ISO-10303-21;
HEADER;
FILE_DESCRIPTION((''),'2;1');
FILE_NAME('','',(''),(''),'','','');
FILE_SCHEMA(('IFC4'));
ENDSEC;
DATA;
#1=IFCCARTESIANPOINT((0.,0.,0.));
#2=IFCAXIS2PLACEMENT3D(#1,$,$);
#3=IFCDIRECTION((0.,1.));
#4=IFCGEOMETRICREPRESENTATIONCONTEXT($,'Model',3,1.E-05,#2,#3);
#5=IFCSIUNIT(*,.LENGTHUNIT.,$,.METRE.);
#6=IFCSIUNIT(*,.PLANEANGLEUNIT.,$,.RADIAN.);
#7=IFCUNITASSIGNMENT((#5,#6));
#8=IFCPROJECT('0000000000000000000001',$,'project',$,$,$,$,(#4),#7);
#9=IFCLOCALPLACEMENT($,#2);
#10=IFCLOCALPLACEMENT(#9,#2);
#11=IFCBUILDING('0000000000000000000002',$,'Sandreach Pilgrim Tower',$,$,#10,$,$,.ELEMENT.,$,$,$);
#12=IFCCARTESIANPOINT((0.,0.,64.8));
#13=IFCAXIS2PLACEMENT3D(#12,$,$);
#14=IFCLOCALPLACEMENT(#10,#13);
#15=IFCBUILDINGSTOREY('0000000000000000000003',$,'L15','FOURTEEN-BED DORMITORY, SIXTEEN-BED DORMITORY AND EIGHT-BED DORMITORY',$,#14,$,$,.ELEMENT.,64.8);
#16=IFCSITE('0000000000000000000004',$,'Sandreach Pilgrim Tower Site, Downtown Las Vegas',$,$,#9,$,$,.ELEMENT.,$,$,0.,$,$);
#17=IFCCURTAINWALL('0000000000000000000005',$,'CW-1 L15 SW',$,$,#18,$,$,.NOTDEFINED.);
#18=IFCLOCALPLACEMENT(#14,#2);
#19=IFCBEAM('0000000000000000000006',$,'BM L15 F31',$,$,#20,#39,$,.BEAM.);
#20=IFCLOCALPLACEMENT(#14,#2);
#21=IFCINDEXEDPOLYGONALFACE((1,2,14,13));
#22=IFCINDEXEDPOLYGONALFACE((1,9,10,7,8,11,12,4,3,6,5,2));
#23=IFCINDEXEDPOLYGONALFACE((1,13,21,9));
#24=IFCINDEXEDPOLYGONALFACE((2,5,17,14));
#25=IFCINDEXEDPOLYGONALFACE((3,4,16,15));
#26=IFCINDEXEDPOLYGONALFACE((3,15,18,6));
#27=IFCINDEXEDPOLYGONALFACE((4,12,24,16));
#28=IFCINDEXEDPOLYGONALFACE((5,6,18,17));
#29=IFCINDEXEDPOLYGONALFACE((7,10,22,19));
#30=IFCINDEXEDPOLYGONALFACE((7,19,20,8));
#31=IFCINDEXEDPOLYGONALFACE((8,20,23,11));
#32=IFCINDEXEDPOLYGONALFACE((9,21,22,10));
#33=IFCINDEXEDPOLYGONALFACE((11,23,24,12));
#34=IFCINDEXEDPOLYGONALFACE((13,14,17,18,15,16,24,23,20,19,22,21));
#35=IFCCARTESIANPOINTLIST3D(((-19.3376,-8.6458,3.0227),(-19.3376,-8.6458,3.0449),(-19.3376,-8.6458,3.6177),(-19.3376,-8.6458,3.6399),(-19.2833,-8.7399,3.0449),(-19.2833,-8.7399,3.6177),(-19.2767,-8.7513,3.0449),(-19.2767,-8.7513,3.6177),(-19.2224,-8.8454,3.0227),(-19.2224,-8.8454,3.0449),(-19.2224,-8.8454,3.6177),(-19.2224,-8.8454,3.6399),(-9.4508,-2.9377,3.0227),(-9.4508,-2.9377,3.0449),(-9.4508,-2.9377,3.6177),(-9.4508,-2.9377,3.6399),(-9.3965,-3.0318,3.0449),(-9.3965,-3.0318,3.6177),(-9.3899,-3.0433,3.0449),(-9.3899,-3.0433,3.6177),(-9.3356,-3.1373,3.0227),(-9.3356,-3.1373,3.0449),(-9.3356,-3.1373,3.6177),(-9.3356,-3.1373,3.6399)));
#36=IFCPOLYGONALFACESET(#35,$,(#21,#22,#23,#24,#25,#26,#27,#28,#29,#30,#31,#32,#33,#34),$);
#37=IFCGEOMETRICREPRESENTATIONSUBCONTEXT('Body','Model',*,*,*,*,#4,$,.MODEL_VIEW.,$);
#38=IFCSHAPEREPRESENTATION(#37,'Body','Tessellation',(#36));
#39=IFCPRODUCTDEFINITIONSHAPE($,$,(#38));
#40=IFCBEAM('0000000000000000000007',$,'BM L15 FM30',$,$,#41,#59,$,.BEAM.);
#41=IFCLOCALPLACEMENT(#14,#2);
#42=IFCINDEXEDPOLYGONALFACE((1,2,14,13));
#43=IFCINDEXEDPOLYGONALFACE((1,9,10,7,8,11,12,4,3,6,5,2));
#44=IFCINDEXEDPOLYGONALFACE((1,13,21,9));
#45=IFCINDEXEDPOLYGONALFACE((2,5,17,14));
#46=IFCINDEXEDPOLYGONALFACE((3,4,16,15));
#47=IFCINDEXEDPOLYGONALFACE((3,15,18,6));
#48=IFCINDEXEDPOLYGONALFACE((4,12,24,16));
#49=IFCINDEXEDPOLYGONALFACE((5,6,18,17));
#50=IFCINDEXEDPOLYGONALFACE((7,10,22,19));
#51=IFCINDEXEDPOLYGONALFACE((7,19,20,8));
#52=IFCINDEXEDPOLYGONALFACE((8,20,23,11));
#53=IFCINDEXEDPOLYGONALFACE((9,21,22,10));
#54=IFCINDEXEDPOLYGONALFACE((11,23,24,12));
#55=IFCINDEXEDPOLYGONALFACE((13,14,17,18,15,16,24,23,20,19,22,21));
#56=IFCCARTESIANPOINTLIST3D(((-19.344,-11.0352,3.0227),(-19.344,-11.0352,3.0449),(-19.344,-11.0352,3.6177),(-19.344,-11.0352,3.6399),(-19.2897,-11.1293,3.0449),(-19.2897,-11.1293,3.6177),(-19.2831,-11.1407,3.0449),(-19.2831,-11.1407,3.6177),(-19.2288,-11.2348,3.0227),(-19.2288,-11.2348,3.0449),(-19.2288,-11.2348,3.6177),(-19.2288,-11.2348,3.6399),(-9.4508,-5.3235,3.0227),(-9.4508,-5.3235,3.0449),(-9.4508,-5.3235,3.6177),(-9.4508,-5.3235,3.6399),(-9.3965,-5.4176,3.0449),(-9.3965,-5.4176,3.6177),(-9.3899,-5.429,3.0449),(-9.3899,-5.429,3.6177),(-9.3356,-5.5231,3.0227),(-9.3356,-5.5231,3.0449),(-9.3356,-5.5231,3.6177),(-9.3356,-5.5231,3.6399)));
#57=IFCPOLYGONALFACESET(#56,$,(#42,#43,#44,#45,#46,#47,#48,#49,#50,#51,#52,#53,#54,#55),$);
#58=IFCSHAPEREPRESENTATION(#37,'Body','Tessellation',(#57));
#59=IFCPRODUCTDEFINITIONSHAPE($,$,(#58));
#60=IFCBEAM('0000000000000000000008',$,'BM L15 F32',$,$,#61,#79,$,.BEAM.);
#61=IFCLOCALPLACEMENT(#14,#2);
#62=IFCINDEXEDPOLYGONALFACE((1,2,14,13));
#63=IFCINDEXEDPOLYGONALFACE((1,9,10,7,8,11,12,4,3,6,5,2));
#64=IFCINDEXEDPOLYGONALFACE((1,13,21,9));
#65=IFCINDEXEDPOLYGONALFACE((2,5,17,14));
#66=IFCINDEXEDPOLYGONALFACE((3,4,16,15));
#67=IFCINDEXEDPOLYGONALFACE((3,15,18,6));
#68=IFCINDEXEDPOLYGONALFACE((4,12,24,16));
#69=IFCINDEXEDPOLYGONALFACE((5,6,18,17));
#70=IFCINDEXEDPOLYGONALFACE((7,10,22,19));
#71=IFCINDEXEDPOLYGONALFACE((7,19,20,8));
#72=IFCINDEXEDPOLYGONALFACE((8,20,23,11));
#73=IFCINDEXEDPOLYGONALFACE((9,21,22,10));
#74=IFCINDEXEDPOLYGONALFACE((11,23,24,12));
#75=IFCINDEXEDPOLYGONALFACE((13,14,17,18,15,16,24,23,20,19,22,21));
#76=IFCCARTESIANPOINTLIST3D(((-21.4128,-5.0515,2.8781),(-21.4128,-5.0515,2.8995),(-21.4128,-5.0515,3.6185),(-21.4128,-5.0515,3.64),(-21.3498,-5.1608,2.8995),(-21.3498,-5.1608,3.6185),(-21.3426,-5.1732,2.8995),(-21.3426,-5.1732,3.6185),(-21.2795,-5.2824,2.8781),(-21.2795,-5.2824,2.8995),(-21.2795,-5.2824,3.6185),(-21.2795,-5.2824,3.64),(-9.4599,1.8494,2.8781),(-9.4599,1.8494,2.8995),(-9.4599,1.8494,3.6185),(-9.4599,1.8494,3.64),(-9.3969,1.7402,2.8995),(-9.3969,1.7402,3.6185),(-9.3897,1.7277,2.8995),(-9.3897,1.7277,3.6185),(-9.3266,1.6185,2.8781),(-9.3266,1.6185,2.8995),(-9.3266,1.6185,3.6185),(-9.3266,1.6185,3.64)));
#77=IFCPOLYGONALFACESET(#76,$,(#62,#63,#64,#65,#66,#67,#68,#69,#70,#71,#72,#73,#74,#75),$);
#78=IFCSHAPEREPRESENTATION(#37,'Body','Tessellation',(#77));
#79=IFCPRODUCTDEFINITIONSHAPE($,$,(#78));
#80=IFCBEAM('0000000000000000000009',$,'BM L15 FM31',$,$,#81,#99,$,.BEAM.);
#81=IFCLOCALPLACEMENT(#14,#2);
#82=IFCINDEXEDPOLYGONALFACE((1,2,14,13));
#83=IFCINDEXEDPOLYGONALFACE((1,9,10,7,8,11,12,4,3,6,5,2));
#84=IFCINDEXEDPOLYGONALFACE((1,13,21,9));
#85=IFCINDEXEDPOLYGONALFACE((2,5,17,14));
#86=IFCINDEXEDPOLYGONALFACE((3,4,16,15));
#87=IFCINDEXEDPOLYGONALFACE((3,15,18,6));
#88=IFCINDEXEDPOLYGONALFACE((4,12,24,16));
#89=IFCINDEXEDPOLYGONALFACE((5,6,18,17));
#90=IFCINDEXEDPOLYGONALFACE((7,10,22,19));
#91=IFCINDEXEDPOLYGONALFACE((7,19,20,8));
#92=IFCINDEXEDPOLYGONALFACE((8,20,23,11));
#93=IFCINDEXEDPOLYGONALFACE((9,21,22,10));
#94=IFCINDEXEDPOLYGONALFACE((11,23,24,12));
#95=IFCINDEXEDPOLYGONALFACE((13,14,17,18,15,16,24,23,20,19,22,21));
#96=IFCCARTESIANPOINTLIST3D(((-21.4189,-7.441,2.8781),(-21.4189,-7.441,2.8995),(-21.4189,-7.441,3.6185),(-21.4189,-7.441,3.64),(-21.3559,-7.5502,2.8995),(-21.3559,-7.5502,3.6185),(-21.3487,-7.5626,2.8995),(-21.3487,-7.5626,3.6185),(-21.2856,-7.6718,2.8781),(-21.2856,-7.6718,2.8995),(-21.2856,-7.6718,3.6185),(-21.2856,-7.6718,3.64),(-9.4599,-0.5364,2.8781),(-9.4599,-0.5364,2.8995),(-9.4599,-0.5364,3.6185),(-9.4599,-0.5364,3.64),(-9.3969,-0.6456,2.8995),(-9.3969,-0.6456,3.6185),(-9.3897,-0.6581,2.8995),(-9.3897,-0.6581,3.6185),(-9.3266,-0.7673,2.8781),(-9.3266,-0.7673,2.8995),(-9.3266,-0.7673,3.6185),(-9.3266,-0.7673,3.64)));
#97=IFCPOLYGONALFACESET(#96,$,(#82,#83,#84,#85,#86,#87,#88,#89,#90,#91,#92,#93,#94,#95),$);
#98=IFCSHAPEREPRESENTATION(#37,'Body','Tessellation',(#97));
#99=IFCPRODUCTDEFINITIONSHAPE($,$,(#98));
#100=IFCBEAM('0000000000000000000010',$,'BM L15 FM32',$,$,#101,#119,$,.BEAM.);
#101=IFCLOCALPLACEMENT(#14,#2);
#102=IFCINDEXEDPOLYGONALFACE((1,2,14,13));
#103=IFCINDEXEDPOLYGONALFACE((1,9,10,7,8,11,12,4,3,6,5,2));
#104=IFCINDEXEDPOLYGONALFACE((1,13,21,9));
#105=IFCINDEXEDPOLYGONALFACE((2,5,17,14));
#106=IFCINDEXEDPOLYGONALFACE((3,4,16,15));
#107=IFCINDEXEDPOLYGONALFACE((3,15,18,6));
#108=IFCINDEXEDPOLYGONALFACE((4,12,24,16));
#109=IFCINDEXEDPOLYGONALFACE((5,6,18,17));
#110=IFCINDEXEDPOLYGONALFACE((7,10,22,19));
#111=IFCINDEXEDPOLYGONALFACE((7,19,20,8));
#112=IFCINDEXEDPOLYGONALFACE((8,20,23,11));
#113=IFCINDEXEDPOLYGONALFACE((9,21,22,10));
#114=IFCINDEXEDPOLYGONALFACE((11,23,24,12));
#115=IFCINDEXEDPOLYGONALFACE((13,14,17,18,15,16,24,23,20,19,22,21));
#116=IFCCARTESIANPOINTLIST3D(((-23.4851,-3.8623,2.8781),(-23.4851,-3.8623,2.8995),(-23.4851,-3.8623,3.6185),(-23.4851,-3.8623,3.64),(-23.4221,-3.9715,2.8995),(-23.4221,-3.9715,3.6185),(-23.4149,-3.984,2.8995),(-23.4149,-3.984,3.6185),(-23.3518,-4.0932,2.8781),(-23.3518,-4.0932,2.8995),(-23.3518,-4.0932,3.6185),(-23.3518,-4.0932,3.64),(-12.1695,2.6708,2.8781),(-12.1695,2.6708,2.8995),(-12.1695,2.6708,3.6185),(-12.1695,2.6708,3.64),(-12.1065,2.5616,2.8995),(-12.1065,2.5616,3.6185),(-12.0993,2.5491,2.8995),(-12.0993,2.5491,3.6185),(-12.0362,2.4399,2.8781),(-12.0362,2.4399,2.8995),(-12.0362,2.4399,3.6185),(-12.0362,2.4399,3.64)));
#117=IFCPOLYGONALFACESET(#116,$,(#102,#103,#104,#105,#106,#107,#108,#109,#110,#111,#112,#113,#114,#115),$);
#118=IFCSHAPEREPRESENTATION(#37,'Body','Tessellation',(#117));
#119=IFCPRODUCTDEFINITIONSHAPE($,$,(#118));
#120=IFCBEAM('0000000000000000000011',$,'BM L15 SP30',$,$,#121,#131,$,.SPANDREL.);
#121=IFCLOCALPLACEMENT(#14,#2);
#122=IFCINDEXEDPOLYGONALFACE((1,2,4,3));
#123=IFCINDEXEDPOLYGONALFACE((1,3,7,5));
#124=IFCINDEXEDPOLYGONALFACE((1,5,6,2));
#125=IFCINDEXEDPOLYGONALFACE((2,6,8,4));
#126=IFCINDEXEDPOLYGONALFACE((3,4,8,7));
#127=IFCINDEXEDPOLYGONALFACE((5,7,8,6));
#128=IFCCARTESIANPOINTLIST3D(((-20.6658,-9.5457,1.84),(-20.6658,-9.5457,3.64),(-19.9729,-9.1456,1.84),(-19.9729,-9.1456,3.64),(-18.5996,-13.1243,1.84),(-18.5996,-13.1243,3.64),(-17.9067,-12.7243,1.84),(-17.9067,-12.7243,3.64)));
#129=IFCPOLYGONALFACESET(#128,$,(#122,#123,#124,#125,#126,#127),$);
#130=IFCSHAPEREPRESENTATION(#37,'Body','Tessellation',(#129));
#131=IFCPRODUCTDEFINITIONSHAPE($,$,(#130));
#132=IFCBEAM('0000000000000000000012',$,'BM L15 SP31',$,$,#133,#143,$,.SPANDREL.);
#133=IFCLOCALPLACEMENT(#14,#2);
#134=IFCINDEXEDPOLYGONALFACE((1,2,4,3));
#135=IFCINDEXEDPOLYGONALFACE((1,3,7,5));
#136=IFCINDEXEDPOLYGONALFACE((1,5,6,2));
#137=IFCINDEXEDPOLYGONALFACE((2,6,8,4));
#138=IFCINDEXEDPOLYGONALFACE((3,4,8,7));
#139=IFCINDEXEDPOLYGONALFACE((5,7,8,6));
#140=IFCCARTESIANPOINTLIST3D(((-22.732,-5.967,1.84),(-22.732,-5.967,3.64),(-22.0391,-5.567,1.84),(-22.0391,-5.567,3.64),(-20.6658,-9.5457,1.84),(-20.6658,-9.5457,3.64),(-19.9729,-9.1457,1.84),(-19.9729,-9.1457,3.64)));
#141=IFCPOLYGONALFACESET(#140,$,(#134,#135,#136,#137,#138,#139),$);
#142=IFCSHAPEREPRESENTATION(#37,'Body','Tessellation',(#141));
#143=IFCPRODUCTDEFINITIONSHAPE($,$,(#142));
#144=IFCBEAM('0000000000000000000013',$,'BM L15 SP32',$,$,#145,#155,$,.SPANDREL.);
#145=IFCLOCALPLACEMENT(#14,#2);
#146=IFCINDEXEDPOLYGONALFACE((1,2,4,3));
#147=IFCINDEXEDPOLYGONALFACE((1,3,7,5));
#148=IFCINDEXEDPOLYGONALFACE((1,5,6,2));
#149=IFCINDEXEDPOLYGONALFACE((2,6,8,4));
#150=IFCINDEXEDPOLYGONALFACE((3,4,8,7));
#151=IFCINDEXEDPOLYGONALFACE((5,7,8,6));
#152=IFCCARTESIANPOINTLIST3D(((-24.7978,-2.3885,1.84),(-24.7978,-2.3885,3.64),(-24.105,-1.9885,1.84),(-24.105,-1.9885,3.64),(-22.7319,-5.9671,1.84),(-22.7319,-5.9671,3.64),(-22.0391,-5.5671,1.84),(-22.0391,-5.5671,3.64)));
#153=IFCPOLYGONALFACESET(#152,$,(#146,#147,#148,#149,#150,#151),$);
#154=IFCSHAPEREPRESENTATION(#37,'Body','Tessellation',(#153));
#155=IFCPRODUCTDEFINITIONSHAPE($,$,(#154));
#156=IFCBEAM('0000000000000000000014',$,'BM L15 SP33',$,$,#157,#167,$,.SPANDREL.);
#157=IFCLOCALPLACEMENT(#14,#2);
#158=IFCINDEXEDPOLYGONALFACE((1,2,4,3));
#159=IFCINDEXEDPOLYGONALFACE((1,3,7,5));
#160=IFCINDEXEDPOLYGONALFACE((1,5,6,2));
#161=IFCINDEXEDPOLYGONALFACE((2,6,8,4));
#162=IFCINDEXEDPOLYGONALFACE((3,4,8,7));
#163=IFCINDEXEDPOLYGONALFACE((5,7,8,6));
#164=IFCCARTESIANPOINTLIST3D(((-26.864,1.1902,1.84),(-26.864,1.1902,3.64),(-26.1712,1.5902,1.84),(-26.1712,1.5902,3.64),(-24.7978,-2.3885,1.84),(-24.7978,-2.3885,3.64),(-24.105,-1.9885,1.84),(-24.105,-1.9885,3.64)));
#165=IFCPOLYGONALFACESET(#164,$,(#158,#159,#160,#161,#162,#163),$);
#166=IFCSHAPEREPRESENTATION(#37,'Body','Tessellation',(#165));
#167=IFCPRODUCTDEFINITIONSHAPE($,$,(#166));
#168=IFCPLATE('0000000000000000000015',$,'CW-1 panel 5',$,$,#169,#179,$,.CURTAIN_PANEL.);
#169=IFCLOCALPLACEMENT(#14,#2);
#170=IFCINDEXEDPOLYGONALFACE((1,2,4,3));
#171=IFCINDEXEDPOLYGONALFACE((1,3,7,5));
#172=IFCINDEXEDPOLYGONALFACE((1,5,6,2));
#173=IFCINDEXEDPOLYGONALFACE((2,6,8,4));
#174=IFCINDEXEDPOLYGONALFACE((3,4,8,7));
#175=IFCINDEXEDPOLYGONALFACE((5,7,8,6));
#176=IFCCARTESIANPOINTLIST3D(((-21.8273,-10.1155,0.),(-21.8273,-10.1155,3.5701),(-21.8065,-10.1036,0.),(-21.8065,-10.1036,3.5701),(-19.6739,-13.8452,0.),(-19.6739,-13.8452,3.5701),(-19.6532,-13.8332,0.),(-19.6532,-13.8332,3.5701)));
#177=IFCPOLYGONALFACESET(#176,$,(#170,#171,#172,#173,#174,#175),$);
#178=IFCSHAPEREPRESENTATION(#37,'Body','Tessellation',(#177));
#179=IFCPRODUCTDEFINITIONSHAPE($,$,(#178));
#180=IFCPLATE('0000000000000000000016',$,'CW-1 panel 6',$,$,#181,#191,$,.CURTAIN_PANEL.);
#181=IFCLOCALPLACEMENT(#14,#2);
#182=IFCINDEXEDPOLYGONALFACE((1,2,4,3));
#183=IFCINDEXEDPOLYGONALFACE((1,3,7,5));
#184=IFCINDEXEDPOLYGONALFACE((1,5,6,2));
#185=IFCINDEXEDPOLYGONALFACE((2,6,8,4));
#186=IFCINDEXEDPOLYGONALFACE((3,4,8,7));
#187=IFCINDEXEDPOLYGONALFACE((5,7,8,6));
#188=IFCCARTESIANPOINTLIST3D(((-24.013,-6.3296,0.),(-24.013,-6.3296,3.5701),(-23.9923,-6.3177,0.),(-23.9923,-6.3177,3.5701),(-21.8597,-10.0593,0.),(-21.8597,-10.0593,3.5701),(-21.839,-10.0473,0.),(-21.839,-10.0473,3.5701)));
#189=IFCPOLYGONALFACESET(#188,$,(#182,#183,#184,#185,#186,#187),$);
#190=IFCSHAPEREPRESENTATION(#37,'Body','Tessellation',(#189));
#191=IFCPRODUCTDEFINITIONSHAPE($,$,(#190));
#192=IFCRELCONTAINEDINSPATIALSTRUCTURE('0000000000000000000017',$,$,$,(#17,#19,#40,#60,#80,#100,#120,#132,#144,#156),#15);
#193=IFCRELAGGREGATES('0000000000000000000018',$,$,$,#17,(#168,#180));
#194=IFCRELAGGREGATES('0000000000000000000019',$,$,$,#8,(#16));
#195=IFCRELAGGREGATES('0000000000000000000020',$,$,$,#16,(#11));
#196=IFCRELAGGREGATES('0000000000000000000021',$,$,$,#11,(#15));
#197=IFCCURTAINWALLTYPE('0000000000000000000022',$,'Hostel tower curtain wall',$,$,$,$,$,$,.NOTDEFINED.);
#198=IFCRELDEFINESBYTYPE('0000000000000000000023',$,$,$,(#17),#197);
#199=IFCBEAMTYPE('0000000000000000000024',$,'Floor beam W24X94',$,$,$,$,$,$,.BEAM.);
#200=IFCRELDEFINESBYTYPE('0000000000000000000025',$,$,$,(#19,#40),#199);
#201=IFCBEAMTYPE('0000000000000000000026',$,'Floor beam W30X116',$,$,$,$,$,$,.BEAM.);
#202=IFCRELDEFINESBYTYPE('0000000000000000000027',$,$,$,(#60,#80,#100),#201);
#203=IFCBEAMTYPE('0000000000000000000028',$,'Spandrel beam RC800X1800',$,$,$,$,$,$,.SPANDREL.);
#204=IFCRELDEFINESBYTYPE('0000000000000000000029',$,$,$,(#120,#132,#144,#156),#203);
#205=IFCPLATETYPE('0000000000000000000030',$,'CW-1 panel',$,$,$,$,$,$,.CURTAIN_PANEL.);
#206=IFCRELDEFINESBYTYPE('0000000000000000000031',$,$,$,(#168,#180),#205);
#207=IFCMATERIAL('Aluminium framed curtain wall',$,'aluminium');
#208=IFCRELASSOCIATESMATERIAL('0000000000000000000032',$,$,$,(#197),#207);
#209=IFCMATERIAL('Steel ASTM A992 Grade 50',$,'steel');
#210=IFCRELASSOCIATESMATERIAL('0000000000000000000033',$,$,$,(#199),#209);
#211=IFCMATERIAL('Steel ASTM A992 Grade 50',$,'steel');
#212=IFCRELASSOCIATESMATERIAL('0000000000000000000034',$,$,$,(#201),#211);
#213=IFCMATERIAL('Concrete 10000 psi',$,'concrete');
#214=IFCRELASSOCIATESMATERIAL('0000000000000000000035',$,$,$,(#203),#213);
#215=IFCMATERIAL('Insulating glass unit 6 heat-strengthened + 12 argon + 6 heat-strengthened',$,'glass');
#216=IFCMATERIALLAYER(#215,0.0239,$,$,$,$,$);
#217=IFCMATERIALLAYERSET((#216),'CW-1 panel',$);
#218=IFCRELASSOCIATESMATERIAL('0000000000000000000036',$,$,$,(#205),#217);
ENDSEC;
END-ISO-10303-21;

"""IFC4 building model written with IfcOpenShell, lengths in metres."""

from ifc_helpers import new_model, si_unit, direction, frame, origin, origin_2d, place, context, subcontext, project, spatial, rectangle, i_section, extrude, material, layer, layer_set, material_profile, profile_set, type_object, element, aggregate, save


model = new_model("IFC4")

# Units and contexts
model_context = context("Model", 3, precision=1e-05, world=origin(), true_north=direction((0.0, 1.0)))
body_context = subcontext(model_context, "Body", "Model", "MODEL_VIEW")
ifc_project = project(units=[si_unit("LENGTHUNIT", "METRE"), si_unit("PLANEANGLEUNIT", "RADIAN")], contexts=[model_context])

# Site, building, storey
site_placement = place(None, origin())
site = spatial("IfcSite", under=ifc_project, at=site_placement, Name="Sandreach Pilgrim Tower Site, Downtown Las Vegas", CompositionType="ELEMENT", RefElevation=0.0)
building_placement = place(site_placement, origin())
building = spatial("IfcBuilding", under=site, at=building_placement, Name="Sandreach Pilgrim Tower", CompositionType="ELEMENT")
storey_placement = place(building_placement, frame((0.0, 0.0, 64.8)))
storey = spatial("IfcBuildingStorey", under=building, at=storey_placement, Name="L15", Description="FOURTEEN-BED DORMITORY, SIXTEEN-BED DORMITORY AND EIGHT-BED DORMITORY", CompositionType="ELEMENT", Elevation=64.8)

# Curtain wall
ifc_material_1 = material(Name="Aluminium framed curtain wall", Category="aluminium")
curtain_wall_type = type_object("IfcCurtainWallType", Name="Hostel tower curtain wall", PredefinedType="NOTDEFINED", material=ifc_material_1)
curtain_wall_placement = place(storey_placement, origin())
curtain_wall = element("IfcCurtainWall", 1, at=curtain_wall_placement, inside=storey, type_object=curtain_wall_type, Name="CW-1 L15 SW", PredefinedType="NOTDEFINED")

# Beams
ifc_material_2 = material(Name="Steel ASTM A992 Grade 50", Category="steel")
ifc_material_profile_1 = material_profile(ifc_material_2, i_section(OverallWidth=0.2305, OverallDepth=0.6172, WebThickness=0.0132, FlangeThickness=0.0222, at=origin_2d()), Name="W24X94")
ifc_profile_set_1 = profile_set([ifc_material_profile_1], Name="Steel ASTM A992 Grade 50")
beam_type_1 = type_object("IfcBeamType", Name="Floor beam W24X94", PredefinedType="BEAM", material=ifc_profile_set_1)
beam_1_placement = place(storey_placement, frame((-19.28, -8.7456, 3.3313), z_axis=(0.866029, 0.499994, 0.0), x_axis=(-0.499994, 0.866029, 0.0)))
element("IfcBeam", 2, at=beam_1_placement, inside=storey, type_object=beam_type_1, Name="BM L15 F31", PredefinedType="BEAM", context=body_context, shape_type="SweptSolid", body=[
    extrude(i_section(OverallWidth=0.2305, OverallDepth=0.6172, WebThickness=0.0132, FlangeThickness=0.0222, at=origin_2d()), origin(), (0.0, 0.0, 1.0), 11.4163),
])
beam_2_placement = place(storey_placement, frame((-19.2864, -11.135, 3.3313), z_axis=(0.866029, 0.499994, 0.0), x_axis=(-0.499994, 0.866029, 0.0)))
element("IfcBeam", 3, at=beam_2_placement, inside=storey, type_object=beam_type_1, Name="BM L15 FM30", PredefinedType="BEAM", context=body_context, shape_type="SweptSolid", body=[
    extrude(i_section(OverallWidth=0.2305, OverallDepth=0.6172, WebThickness=0.0132, FlangeThickness=0.0222, at=origin_2d()), origin(), (0.0, 0.0, 1.0), 11.4236),
])
ifc_material_3 = material(Name="Steel ASTM A992 Grade 50", Category="steel")
ifc_material_profile_2 = material_profile(ifc_material_3, i_section(OverallWidth=0.2666, OverallDepth=0.762, WebThickness=0.0144, FlangeThickness=0.0215, at=origin_2d()), Name="W30X116")
ifc_profile_set_2 = profile_set([ifc_material_profile_2], Name="Steel ASTM A992 Grade 50")
beam_type_2 = type_object("IfcBeamType", Name="Floor beam W30X116", PredefinedType="BEAM", material=ifc_profile_set_2)
beam_3_placement = place(storey_placement, frame((-21.3462, -5.167, 3.259), z_axis=(0.866029, 0.499993, 0.0), x_axis=(-0.499993, 0.866029, 0.0)))
element("IfcBeam", 4, at=beam_3_placement, inside=storey, type_object=beam_type_2, Name="BM L15 F32", PredefinedType="BEAM", context=body_context, shape_type="SweptSolid", body=[
    extrude(i_section(OverallWidth=0.2666, OverallDepth=0.762, WebThickness=0.0144, FlangeThickness=0.0215, at=origin_2d()), origin(), (0.0, 0.0, 1.0), 13.802),
])
beam_4_placement = place(storey_placement, frame((-21.3523, -7.5564, 3.259), z_axis=(0.866025, 0.500001, 0.0), x_axis=(-0.500001, 0.866025, 0.0)))
element("IfcBeam", 5, at=beam_4_placement, inside=storey, type_object=beam_type_2, Name="BM L15 FM31", PredefinedType="BEAM", context=body_context, shape_type="SweptSolid", body=[
    extrude(i_section(OverallWidth=0.2666, OverallDepth=0.762, WebThickness=0.0144, FlangeThickness=0.0215, at=origin_2d()), origin(), (0.0, 0.0, 1.0), 13.8091),
])
beam_5_placement = place(storey_placement, frame((-23.4185, -3.9778, 3.259), z_axis=(0.866022, 0.500005, 0.0), x_axis=(-0.500005, 0.866022, 0.0)))
element("IfcBeam", 6, at=beam_5_placement, inside=storey, type_object=beam_type_2, Name="BM L15 FM32", PredefinedType="BEAM", context=body_context, shape_type="SweptSolid", body=[
    extrude(i_section(OverallWidth=0.2666, OverallDepth=0.762, WebThickness=0.0144, FlangeThickness=0.0215, at=origin_2d()), origin(), (0.0, 0.0, 1.0), 13.0662),
])
ifc_material_4 = material(Name="Concrete 10000 psi", Category="concrete")
ifc_material_profile_3 = material_profile(ifc_material_4, rectangle(XDim=0.8, YDim=1.8, at=origin_2d()), Name="RC800X1800")
ifc_profile_set_3 = profile_set([ifc_material_profile_3], Name="Concrete 10000 psi")
beam_type_3 = type_object("IfcBeamType", Name="Spandrel beam RC800X1800", PredefinedType="SPANDREL", material=ifc_profile_set_3)
for number, where, z_axis, x_axis, name in (
    (7, (-18.2532, -12.9243, 2.74), (-0.500009, 0.86602, 0.0), (-0.86602, -0.500009, 0.0), "BM L15 SP30"),
    (8, (-20.3193, -9.3457, 2.74), (-0.500009, 0.86602, 0.0), (-0.86602, -0.500009, 0.0), "BM L15 SP31"),
):
    element("IfcBeam", number, at=place(storey_placement, frame(where, z_axis=z_axis, x_axis=x_axis)), inside=storey, type_object=beam_type_3, Name=name, PredefinedType="SPANDREL", context=body_context, shape_type="SweptSolid", body=[
        extrude(rectangle(XDim=0.8, YDim=1.8, at=origin_2d()), origin(), (0.0, 0.0, 1.0), 4.1323),
    ])
beam_6_placement = place(storey_placement, frame((-22.3855, -5.7671, 2.74), z_axis=(-0.499965, 0.866046, 0.0), x_axis=(-0.866046, -0.499965, 0.0)))
element("IfcBeam", 9, at=beam_6_placement, inside=storey, type_object=beam_type_3, Name="BM L15 SP32", PredefinedType="SPANDREL", context=body_context, shape_type="SweptSolid", body=[
    extrude(rectangle(XDim=0.8, YDim=1.8, at=origin_2d()), origin(), (0.0, 0.0, 1.0), 4.1321),
])
beam_7_placement = place(storey_placement, frame((-24.4514, -2.1885, 2.74), z_axis=(-0.500009, 0.86602, 0.0), x_axis=(-0.86602, -0.500009, 0.0)))
element("IfcBeam", 10, at=beam_7_placement, inside=storey, type_object=beam_type_3, Name="BM L15 SP33", PredefinedType="SPANDREL", context=body_context, shape_type="SweptSolid", body=[
    extrude(rectangle(XDim=0.8, YDim=1.8, at=origin_2d()), origin(), (0.0, 0.0, 1.0), 4.1323),
])

# Plates
ifc_material_5 = material(Name="Insulating glass unit 6 heat-strengthened + 12 argon + 6 heat-strengthened", Category="glass")
ifc_layer_1 = layer(ifc_material_5, 0.0239)
ifc_layer_set_1 = layer_set([ifc_layer_1], Name="CW-1 panel")
plate_type = type_object("IfcPlateType", Name="CW-1 panel", PredefinedType="CURTAIN_PANEL", material=ifc_layer_set_1)
plate_1_placement = place(storey_placement, frame((-20.7402, -11.9744, 0.0), z_axis=(0.0, 0.0, 1.0), x_axis=(-0.5, 0.866025, 0.0)))
plate_1 = element("IfcPlate", 11, at=plate_1_placement, type_object=plate_type, Name="CW-1 panel 5", PredefinedType="CURTAIN_PANEL", context=body_context, shape_type="SweptSolid", body=[
    extrude(rectangle(XDim=4.3066, YDim=0.0239, at=origin_2d()), origin(), (0.0, 0.0, 1.0), 3.5701),
])
plate_2_placement = place(storey_placement, frame((-22.926, -8.1885, 0.0), z_axis=(0.0, 0.0, 1.0), x_axis=(-0.5, 0.866025, 0.0)))
plate_2 = element("IfcPlate", 12, at=plate_2_placement, type_object=plate_type, Name="CW-1 panel 6", PredefinedType="CURTAIN_PANEL", context=body_context, shape_type="SweptSolid", body=[
    extrude(rectangle(XDim=4.3066, YDim=0.0239, at=origin_2d()), origin(), (0.0, 0.0, 1.0), 3.5701),
])
aggregate(curtain_wall, [plate_1, plate_2])

save(model, "model.ifc")
